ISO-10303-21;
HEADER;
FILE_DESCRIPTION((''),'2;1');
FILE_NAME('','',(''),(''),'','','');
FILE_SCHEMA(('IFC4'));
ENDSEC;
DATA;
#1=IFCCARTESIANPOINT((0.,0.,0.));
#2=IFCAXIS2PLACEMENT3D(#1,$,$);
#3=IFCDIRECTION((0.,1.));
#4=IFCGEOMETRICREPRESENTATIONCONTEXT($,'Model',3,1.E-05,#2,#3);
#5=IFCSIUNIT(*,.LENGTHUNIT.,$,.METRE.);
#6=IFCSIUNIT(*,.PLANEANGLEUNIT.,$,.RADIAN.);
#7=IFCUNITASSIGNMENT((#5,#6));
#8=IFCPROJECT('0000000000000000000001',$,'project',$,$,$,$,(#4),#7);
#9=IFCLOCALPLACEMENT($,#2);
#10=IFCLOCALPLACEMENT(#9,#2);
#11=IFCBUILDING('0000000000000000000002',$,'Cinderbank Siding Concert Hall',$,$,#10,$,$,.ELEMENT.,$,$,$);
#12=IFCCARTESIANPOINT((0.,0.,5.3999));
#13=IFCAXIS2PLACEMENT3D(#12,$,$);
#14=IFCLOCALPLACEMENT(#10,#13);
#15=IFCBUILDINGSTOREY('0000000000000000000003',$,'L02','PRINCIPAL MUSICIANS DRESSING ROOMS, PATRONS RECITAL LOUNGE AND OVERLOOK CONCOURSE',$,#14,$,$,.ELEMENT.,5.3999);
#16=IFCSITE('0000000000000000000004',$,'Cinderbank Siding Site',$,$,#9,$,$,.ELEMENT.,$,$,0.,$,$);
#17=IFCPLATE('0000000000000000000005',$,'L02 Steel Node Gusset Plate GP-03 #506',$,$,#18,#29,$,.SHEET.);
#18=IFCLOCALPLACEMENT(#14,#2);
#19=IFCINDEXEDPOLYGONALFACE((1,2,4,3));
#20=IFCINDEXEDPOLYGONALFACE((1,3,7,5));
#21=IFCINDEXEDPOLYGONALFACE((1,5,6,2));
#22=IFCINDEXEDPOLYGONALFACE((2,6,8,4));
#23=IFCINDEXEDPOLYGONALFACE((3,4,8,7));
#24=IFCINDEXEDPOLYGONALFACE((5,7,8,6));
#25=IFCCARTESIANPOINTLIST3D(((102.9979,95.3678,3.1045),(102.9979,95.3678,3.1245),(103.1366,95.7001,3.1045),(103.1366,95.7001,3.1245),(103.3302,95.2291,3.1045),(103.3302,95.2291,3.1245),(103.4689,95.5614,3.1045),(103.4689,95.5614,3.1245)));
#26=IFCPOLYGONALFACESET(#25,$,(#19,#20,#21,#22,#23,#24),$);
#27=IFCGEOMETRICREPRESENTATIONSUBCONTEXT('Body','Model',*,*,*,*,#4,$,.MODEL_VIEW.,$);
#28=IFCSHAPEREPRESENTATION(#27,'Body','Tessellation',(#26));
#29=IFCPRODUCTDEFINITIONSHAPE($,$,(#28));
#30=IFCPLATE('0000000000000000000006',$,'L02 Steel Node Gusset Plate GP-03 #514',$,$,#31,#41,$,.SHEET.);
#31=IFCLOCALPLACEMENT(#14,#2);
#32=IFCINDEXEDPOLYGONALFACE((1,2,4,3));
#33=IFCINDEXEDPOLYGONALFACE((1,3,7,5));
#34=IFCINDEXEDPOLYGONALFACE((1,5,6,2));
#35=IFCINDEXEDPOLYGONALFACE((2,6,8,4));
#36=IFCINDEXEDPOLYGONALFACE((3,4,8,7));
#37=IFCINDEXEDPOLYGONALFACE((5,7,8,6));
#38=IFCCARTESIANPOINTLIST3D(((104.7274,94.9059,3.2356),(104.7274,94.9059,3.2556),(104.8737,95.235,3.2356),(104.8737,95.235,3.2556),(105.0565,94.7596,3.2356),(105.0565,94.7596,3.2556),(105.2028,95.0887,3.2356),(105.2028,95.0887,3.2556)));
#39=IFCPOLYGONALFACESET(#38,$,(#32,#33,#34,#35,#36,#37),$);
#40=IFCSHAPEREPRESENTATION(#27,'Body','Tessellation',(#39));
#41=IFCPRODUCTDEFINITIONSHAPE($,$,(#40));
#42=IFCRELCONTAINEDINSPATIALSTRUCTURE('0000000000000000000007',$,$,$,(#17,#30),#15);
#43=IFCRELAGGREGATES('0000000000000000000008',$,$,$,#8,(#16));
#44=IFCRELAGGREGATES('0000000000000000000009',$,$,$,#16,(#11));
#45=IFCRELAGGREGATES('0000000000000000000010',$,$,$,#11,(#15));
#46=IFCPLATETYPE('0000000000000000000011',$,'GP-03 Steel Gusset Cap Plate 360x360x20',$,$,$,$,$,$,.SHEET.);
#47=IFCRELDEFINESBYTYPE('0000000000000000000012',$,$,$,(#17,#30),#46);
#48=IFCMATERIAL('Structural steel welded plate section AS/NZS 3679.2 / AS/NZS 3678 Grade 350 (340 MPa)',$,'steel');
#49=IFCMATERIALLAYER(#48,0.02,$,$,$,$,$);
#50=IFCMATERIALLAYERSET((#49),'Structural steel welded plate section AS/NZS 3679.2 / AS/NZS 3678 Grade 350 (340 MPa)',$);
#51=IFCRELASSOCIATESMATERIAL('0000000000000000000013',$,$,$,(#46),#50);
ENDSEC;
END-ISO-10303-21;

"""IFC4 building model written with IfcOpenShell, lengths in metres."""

from ifc_helpers import new_model, si_unit, direction, frame, origin, origin_2d, place, context, subcontext, project, spatial, rectangle, extrude, material, layer, layer_set, type_object, element, save


model = new_model("IFC4")

# Units and contexts
model_context = context("Model", 3, precision=1e-05, world=origin(), true_north=direction((0.0, 1.0)))
body_context = subcontext(model_context, "Body", "Model", "MODEL_VIEW")
ifc_project = project(units=[si_unit("LENGTHUNIT", "METRE"), si_unit("PLANEANGLEUNIT", "RADIAN")], contexts=[model_context])

# Site, building, storey
site_placement = place(None, origin())
site = spatial("IfcSite", under=ifc_project, at=site_placement, Name="Cinderbank Siding Site", CompositionType="ELEMENT", RefElevation=0.0)
building_placement = place(site_placement, origin())
building = spatial("IfcBuilding", under=site, at=building_placement, Name="Cinderbank Siding Concert Hall", CompositionType="ELEMENT")
storey_placement = place(building_placement, frame((0.0, 0.0, 5.3999)))
storey = spatial("IfcBuildingStorey", under=building, at=storey_placement, Name="L02", Description="PRINCIPAL MUSICIANS DRESSING ROOMS, PATRONS RECITAL LOUNGE AND OVERLOOK CONCOURSE", CompositionType="ELEMENT", Elevation=5.3999)

# Plates
ifc_material_1 = material(Name="Structural steel welded plate section AS/NZS 3679.2 / AS/NZS 3678 Grade 350 (340 MPa)", Category="steel")
ifc_layer_1 = layer(ifc_material_1, 0.02)
ifc_layer_set_1 = layer_set([ifc_layer_1], Name="Structural steel welded plate section AS/NZS 3679.2 / AS/NZS 3678 Grade 350 (340 MPa)")
plate_type_1 = type_object("IfcPlateType", Name="GP-03 Steel Gusset Cap Plate 360x360x20", PredefinedType="SHEET", material=ifc_layer_set_1)
for number, where, z_axis, x_axis, name in (
    (1, (103.2334, 95.4646, 3.1045), (0.0, 0.0, 1.0), (0.385262, 0.922807, 0.0), "L02 Steel Node Gusset Plate GP-03 #506"),
    (2, (104.9651, 94.9973, 3.2356), (0.0, 0.0, 1.0), (0.406258, 0.913758, 0.0), "L02 Steel Node Gusset Plate GP-03 #514"),
):
    element("IfcPlate", number, at=place(storey_placement, frame(where, z_axis=z_axis, x_axis=x_axis)), inside=storey, type_object=plate_type_1, Name=name, PredefinedType="SHEET", context=body_context, shape_type="SweptSolid", body=[
        extrude(rectangle(XDim=0.3601, YDim=0.3601, at=origin_2d()), origin(), (0.0, 0.0, 1.0), 0.02),
    ])

save(model, "model.ifc")
